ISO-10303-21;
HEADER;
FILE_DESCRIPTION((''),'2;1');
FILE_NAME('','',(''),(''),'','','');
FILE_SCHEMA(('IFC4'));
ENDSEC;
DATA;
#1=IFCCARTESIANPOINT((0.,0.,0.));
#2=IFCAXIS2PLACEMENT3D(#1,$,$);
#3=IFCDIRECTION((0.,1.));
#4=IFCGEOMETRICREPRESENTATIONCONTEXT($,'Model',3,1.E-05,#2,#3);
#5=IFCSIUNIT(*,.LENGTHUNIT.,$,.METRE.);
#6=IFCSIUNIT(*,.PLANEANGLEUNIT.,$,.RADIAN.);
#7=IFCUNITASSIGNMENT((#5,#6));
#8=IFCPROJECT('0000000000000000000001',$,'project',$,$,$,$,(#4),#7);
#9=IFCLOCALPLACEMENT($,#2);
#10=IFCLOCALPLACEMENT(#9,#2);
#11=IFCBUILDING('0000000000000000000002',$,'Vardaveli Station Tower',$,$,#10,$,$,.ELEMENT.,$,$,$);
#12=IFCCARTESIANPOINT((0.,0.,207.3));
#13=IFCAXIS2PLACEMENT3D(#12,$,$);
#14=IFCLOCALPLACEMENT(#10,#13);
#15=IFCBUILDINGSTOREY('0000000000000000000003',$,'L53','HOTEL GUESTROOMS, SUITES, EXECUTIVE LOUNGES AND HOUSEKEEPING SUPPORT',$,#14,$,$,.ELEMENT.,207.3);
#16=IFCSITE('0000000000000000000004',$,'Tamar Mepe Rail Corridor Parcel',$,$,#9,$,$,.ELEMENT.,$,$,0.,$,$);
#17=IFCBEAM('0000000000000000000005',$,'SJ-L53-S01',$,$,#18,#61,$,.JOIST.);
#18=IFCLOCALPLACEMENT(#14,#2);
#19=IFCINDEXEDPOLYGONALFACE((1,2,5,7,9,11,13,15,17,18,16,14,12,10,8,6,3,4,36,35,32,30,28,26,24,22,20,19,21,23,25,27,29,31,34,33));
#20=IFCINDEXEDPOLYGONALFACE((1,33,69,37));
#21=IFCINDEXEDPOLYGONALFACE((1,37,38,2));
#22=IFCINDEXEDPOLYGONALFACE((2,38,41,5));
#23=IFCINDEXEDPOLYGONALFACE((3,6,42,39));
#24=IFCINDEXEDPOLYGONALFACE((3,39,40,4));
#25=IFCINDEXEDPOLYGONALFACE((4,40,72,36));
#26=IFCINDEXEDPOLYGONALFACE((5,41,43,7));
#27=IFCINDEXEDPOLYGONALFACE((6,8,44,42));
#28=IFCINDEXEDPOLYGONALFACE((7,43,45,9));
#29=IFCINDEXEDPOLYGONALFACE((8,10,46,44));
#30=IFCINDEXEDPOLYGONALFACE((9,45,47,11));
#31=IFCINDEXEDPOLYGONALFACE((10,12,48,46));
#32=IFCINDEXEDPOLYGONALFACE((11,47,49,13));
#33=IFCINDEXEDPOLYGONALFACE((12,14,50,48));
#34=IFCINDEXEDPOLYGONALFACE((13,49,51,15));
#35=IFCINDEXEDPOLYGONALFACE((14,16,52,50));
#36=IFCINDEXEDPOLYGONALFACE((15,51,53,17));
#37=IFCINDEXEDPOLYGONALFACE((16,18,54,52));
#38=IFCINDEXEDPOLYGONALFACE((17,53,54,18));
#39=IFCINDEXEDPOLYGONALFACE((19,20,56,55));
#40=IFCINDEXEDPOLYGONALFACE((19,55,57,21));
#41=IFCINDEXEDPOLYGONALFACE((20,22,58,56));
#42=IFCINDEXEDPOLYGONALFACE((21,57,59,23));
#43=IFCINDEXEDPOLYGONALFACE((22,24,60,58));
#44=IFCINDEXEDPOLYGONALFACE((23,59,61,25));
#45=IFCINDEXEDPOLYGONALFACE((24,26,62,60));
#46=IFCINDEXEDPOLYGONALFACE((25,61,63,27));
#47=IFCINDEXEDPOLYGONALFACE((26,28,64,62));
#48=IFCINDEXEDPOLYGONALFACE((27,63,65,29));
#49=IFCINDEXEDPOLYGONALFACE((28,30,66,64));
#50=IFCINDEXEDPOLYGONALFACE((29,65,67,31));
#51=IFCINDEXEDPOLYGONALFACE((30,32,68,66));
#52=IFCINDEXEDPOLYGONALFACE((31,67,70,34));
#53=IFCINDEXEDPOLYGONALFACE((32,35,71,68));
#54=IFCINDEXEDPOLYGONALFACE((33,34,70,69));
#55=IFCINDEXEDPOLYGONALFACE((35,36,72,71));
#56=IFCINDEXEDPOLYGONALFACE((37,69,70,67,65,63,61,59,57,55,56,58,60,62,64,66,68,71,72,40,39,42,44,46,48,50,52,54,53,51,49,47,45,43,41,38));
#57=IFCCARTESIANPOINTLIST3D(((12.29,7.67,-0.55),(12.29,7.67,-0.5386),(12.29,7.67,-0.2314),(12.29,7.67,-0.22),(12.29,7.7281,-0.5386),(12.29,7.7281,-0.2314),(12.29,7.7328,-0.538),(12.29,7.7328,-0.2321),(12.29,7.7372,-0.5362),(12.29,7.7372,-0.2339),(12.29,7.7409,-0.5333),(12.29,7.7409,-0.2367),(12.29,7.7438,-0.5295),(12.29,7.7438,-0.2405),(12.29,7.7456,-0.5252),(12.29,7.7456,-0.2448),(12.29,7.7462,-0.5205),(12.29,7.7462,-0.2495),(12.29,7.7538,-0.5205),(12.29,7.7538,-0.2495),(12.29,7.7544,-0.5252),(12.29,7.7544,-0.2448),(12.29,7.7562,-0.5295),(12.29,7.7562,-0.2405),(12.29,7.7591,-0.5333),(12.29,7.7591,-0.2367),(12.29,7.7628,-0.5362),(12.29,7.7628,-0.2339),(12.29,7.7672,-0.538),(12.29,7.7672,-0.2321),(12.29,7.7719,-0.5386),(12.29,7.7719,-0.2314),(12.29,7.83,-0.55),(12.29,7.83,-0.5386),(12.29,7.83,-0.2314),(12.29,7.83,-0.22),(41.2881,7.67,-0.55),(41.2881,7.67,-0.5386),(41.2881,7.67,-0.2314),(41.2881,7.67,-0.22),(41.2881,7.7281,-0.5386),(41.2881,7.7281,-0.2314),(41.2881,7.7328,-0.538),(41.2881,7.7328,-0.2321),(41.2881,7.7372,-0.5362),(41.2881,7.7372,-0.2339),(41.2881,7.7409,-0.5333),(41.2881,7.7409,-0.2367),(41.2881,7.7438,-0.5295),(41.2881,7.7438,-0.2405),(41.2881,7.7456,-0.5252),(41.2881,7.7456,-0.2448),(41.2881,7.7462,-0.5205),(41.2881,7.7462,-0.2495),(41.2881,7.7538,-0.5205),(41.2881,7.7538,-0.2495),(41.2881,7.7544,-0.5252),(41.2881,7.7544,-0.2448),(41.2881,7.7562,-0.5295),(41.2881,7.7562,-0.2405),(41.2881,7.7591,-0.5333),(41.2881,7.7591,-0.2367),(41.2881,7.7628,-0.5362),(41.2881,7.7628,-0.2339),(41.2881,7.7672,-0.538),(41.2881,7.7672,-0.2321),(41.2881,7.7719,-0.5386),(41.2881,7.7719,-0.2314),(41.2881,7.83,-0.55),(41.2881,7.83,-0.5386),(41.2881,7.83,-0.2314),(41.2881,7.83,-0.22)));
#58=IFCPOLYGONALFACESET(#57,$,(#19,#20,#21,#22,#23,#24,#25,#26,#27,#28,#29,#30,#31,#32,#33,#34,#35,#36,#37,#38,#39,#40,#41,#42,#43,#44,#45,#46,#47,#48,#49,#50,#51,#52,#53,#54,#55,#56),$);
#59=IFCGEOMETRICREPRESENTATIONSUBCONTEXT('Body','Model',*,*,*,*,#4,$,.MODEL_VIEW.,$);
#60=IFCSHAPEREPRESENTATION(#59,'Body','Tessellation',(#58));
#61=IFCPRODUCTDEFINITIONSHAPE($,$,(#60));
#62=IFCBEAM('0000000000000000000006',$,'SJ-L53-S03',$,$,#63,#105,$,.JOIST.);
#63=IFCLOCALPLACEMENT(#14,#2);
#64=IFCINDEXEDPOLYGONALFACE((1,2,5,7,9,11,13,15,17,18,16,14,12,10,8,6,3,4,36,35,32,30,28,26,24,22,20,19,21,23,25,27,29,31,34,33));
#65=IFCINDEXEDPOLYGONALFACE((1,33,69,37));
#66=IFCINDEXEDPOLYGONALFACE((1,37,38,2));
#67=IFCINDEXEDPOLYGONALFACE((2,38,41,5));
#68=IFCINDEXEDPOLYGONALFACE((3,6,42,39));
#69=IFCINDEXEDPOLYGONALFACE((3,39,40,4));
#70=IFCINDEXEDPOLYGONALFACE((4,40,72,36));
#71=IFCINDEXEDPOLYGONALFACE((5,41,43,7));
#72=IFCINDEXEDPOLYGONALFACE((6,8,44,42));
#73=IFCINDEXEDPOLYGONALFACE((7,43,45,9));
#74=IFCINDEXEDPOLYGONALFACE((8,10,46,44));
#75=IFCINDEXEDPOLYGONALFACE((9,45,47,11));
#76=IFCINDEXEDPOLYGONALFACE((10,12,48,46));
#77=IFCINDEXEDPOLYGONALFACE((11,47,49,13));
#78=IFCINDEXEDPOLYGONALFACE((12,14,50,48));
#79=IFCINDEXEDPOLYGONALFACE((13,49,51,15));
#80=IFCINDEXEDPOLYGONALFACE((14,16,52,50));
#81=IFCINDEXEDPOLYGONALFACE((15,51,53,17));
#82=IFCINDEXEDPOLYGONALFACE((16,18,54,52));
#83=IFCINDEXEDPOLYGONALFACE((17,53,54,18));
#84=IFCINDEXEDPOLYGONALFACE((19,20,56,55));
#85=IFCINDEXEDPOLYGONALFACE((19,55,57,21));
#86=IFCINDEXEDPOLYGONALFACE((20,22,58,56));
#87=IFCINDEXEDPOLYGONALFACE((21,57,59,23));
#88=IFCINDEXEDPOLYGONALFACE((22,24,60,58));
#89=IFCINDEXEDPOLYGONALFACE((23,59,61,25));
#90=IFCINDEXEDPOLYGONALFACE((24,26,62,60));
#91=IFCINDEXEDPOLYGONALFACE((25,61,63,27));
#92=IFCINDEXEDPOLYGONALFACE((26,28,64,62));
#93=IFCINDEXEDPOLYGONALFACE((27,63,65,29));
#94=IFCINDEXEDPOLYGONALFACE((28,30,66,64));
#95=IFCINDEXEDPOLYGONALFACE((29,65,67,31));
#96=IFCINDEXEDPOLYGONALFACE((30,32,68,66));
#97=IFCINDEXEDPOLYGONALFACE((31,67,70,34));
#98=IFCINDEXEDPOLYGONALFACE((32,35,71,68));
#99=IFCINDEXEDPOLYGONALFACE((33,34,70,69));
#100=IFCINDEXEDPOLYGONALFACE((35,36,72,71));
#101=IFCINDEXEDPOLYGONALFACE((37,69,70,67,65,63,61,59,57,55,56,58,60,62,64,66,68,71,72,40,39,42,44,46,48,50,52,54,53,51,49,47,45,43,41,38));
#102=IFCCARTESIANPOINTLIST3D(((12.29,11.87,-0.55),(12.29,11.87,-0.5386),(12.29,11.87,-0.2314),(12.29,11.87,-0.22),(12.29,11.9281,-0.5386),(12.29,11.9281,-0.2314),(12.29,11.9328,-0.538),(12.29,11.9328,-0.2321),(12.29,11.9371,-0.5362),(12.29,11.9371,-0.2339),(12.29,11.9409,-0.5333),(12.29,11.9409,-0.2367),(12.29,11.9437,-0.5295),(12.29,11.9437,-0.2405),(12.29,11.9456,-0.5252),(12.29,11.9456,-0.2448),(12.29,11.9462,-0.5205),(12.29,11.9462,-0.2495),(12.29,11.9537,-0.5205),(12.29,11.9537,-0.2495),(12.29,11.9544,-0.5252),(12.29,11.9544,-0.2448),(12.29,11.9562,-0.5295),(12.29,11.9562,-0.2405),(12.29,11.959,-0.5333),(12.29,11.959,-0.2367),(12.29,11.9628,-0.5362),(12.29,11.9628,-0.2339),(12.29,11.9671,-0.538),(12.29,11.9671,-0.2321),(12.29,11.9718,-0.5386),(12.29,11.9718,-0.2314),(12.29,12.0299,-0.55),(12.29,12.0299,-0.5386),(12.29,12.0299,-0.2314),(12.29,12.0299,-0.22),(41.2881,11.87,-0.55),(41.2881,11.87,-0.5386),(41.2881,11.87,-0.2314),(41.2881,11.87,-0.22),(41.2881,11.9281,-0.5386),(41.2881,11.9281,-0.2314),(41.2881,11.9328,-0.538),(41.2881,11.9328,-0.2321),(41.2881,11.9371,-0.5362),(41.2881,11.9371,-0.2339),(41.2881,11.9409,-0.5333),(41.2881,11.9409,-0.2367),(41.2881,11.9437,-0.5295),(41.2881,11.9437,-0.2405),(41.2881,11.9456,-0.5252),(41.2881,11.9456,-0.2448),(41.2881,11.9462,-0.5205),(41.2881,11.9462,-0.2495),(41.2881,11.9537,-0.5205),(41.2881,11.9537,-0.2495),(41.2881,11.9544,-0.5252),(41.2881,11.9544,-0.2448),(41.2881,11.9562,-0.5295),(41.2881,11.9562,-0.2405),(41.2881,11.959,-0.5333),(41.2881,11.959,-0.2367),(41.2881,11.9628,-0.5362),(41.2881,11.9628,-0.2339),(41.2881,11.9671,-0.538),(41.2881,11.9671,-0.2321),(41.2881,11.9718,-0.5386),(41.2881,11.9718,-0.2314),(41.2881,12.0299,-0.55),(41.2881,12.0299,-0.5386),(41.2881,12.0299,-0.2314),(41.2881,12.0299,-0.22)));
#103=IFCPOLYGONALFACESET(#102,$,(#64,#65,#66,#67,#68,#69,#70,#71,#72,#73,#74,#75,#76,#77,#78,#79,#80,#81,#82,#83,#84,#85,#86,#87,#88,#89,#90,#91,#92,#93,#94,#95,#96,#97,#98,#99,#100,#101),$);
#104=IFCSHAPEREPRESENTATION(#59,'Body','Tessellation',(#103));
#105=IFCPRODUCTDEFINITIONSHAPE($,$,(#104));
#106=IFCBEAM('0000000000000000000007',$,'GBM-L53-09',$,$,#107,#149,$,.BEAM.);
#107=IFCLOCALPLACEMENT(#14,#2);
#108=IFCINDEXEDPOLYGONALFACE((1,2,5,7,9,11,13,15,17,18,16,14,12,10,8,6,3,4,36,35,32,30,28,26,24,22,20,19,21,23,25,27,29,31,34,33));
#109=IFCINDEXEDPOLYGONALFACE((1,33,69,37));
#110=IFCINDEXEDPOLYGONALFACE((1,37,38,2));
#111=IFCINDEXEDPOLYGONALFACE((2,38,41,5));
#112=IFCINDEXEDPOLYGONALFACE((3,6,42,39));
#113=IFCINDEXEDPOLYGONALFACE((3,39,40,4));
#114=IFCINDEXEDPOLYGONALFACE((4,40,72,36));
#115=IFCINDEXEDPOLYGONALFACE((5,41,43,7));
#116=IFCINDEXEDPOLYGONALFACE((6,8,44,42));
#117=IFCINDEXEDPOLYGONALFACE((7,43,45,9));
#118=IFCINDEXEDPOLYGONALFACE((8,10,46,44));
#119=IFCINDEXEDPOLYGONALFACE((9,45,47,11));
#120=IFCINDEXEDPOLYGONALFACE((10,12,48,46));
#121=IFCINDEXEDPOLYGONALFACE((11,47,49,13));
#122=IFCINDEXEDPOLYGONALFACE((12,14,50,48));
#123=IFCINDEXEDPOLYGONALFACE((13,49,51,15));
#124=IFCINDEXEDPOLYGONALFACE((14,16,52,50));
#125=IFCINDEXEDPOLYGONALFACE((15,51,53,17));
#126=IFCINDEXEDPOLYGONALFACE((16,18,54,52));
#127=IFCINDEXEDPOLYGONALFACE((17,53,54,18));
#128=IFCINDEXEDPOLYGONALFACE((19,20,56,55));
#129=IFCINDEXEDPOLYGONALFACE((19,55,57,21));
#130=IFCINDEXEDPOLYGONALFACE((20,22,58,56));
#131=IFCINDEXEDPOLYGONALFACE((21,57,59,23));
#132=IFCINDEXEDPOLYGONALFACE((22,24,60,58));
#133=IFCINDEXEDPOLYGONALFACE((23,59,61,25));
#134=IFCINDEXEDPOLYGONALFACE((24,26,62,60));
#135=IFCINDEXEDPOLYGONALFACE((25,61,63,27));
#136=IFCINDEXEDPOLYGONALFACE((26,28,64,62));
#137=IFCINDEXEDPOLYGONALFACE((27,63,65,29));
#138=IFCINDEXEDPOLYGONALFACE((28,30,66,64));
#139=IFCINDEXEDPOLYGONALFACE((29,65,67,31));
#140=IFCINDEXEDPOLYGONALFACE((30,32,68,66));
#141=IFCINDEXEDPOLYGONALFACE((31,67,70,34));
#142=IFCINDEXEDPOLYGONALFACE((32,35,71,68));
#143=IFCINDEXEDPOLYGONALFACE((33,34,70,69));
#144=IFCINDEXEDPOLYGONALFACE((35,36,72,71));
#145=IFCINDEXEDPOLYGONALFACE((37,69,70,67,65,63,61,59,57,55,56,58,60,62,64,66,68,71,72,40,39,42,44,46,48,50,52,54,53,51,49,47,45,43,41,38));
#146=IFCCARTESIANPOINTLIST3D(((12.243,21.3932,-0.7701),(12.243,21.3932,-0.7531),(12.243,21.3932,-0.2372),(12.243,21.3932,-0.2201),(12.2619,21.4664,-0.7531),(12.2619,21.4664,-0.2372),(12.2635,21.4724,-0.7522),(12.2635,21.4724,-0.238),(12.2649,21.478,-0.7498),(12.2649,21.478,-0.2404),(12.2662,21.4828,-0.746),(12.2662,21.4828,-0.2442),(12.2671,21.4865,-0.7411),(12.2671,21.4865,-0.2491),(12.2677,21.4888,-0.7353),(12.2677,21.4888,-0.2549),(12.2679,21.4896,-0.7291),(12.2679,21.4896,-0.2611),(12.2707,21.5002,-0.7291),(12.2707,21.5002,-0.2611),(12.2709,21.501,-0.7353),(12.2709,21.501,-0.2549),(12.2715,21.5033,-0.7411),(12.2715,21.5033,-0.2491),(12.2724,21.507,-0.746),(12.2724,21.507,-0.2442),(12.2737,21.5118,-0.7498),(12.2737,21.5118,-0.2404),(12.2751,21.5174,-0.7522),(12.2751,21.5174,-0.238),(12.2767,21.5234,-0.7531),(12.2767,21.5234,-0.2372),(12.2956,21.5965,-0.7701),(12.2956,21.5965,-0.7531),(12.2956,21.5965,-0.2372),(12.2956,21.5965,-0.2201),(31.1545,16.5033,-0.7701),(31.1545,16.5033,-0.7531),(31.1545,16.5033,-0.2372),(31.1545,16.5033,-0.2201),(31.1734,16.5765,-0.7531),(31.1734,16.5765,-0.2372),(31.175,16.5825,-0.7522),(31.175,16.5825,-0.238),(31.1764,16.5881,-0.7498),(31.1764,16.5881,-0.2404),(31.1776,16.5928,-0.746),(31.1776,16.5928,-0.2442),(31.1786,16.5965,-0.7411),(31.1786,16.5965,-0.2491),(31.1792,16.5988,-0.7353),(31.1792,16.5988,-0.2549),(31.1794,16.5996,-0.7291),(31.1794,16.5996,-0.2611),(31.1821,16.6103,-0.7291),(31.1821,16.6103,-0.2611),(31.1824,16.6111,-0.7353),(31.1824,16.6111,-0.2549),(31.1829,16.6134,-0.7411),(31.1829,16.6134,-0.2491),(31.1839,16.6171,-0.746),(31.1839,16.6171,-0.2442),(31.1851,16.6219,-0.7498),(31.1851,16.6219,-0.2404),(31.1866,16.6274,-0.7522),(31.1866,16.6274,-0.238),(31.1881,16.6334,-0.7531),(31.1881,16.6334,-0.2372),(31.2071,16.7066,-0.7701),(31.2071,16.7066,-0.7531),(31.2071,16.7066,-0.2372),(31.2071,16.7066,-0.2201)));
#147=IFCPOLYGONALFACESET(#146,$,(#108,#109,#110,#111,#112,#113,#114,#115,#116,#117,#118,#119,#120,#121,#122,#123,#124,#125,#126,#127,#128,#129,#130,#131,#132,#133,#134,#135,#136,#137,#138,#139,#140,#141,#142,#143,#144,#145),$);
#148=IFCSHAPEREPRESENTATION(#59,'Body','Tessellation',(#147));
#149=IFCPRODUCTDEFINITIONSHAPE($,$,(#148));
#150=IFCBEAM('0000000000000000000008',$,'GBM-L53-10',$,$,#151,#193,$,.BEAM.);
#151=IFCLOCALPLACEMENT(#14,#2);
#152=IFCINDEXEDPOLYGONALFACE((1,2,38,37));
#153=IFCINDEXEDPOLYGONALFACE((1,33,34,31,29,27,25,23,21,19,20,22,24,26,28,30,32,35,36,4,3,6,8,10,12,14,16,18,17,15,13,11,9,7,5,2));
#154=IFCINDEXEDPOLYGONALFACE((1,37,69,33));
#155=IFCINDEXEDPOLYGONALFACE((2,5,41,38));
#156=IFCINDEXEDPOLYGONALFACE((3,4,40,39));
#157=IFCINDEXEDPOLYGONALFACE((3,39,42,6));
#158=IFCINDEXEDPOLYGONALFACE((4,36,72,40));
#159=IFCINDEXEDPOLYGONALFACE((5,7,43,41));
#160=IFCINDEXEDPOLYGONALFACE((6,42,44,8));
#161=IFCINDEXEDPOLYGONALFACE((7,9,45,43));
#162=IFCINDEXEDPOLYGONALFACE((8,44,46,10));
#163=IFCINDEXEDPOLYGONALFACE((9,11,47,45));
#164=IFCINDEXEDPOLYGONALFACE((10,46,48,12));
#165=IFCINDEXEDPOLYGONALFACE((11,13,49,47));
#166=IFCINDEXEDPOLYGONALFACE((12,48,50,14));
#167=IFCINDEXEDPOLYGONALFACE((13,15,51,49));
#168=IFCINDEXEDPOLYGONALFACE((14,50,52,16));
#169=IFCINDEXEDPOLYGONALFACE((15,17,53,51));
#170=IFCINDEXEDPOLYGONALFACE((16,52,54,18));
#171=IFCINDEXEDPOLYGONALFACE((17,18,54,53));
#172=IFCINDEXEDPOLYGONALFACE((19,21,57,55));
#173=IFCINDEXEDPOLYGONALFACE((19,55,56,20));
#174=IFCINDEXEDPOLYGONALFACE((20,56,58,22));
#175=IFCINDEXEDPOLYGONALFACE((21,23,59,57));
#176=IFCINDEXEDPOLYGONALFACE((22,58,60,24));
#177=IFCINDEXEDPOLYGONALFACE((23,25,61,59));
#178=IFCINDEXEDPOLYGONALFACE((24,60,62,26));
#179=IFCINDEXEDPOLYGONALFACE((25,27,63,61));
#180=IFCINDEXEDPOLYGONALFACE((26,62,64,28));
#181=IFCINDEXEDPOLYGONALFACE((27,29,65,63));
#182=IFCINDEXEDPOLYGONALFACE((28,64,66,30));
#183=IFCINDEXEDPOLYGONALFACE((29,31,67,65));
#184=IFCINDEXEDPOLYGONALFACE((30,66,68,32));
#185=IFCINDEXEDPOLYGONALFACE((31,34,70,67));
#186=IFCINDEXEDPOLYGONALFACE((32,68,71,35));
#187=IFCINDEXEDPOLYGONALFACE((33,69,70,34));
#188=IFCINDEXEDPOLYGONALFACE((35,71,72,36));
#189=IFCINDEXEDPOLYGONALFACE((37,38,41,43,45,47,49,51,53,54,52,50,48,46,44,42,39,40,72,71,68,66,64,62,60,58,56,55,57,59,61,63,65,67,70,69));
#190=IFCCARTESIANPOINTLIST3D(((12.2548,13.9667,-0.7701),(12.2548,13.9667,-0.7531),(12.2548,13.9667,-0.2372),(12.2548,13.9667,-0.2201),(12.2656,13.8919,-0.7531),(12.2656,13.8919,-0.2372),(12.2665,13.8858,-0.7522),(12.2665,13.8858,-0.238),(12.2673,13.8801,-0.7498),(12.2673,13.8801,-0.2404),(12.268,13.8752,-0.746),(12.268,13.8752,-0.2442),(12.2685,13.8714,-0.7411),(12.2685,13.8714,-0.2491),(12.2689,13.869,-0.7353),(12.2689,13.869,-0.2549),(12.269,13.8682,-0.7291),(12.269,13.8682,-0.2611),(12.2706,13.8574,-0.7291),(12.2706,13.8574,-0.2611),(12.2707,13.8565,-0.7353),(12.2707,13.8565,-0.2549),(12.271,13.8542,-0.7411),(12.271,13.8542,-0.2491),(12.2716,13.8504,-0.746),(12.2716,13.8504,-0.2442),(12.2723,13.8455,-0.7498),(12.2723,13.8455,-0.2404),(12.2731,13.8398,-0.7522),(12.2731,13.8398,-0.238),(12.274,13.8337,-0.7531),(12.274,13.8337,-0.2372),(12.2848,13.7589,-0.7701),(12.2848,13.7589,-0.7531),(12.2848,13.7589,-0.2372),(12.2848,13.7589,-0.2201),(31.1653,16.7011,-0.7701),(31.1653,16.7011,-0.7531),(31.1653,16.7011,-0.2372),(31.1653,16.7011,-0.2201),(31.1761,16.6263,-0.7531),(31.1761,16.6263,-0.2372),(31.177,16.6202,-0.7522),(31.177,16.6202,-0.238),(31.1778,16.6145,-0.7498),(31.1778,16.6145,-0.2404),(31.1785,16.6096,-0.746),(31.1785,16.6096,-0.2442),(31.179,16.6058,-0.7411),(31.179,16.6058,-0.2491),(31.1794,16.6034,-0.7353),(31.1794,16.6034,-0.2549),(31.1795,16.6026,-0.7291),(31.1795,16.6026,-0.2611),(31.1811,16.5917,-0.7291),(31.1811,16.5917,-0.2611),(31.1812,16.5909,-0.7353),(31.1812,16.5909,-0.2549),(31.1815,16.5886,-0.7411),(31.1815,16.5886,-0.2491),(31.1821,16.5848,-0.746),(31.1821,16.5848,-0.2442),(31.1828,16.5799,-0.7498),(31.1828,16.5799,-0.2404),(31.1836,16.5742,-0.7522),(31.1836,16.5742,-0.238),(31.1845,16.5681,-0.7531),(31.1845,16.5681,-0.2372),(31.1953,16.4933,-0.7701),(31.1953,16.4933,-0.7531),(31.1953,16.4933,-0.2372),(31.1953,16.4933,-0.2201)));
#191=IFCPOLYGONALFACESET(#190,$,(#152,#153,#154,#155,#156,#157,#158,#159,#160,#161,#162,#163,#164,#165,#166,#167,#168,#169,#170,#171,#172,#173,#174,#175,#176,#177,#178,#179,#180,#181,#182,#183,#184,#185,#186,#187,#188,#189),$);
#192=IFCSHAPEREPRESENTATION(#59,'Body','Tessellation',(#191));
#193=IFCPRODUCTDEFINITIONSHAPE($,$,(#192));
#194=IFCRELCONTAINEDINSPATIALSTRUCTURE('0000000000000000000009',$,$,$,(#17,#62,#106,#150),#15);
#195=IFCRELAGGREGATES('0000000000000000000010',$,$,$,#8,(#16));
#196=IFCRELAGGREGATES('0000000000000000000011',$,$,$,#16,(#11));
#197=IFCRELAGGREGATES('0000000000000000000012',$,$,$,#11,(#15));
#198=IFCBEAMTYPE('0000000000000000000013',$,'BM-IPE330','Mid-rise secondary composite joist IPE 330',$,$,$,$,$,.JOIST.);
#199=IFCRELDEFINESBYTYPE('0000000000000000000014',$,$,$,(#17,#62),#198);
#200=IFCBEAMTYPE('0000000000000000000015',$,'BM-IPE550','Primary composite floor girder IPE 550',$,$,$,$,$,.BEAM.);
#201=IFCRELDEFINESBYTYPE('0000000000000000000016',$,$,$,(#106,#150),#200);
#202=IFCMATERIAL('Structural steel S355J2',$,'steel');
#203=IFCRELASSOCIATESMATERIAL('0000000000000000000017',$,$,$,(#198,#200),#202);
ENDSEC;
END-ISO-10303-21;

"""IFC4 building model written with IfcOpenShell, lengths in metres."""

from ifc_helpers import new_model, si_unit, direction, frame, origin, origin_2d, place, context, subcontext, project, spatial, i_section, extrude, source, transform, mapped, material, material_profile, profile_set, type_object, element, save


model = new_model("IFC4")

# Units and contexts
model_context = context("Model", 3, precision=1e-05, world=origin(), true_north=direction((0.0, 1.0)))
body_context = subcontext(model_context, "Body", "Model", "MODEL_VIEW")
ifc_project = project(units=[si_unit("LENGTHUNIT", "METRE"), si_unit("PLANEANGLEUNIT", "RADIAN")], contexts=[model_context])

# Site, building, storey
site_placement = place(None, origin())
site = spatial("IfcSite", under=ifc_project, at=site_placement, Name="Tamar Mepe Rail Corridor Parcel", CompositionType="ELEMENT", RefElevation=0.0)
building_placement = place(site_placement, origin())
building = spatial("IfcBuilding", under=site, at=building_placement, Name="Vardaveli Station Tower", CompositionType="ELEMENT")
storey_placement = place(building_placement, frame((0.0, 0.0, 207.3)))
storey = spatial("IfcBuildingStorey", under=building, at=storey_placement, Name="L53", Description="HOTEL GUESTROOMS, SUITES, EXECUTIVE LOUNGES AND HOUSEKEEPING SUPPORT", CompositionType="ELEMENT", Elevation=207.3)

# Beams
ifc_material_1 = material(Name="Structural steel S355J2", Category="steel")
ifc_material_profile_1 = material_profile(ifc_material_1, i_section(OverallWidth=0.1599, OverallDepth=0.3301, WebThickness=0.0076, FlangeThickness=0.0115, FilletRadius=0.0181, at=origin_2d()), Name="IPE 330")
ifc_profile_set_1 = profile_set([ifc_material_profile_1], Name="Structural steel S355J2")
beam_type_1 = type_object("IfcBeamType", Name="BM-IPE330", Description="Mid-rise secondary composite joist IPE 330", PredefinedType="JOIST", material=ifc_profile_set_1)
shared_shape_1 = source(origin(), body_context, "Body", "SweptSolid", [
    extrude(i_section(OverallWidth=0.1599, OverallDepth=0.3301, WebThickness=0.0076, FlangeThickness=0.0115, FilletRadius=0.0181, at=origin_2d()), origin(), (0.0, 0.0, 1.0), 28.998),
])
for number, where, z_axis, x_axis, name in (
    (1, (12.29, 7.75, -0.385), (1.0, 0.0, 0.0), (0.0, 1.0, 0.0), "SJ-L53-S01"),
    (2, (12.29, 11.95, -0.385), (1.0, 0.0, 0.0), (0.0, 1.0, 0.0), "SJ-L53-S03"),
):
    element("IfcBeam", number, at=place(storey_placement, frame(where, z_axis=z_axis, x_axis=x_axis)), inside=storey, type_object=beam_type_1, Name=name, PredefinedType="JOIST", context=body_context, shape_type="MappedRepresentation", body=[
        mapped(shared_shape_1, transform((0.0, 0.0, 0.0), scale=1.0)),
    ])
ifc_material_profile_2 = material_profile(ifc_material_1, i_section(OverallWidth=0.21, OverallDepth=0.55, WebThickness=0.011, FlangeThickness=0.0171, FilletRadius=0.0239, at=origin_2d()), Name="IPE 550")
ifc_profile_set_2 = profile_set([ifc_material_profile_2], Name="Structural steel S355J2")
beam_type_2 = type_object("IfcBeamType", Name="BM-IPE550", Description="Primary composite floor girder IPE 550", PredefinedType="BEAM", material=ifc_profile_set_2)
shared_shape_2 = source(origin(), body_context, "Body", "SweptSolid", [
    extrude(i_section(OverallWidth=0.21, OverallDepth=0.55, WebThickness=0.011, FlangeThickness=0.0171, FilletRadius=0.0239, at=origin_2d()), origin(), (0.0, 0.0, 1.0), 19.5334),
])
beam_1_placement = place(storey_placement, frame((12.2693, 21.4949, -0.4951), z_axis=(0.968159, -0.250336, 0.0), x_axis=(0.250336, 0.968159, 0.0)))
element("IfcBeam", 3, at=beam_1_placement, inside=storey, type_object=beam_type_2, Name="GBM-L53-09", PredefinedType="BEAM", context=body_context, shape_type="MappedRepresentation", body=[
    mapped(shared_shape_2, transform((0.0, 0.0, 0.0), scale=1.0)),
])
shared_shape_3 = source(origin(), body_context, "Body", "SweptSolid", [
    extrude(i_section(OverallWidth=0.21, OverallDepth=0.55, WebThickness=0.011, FlangeThickness=0.0171, FilletRadius=0.0239, at=origin_2d()), origin(), (0.0, 0.0, 1.0), 19.1072),
])
beam_2_placement = place(storey_placement, frame((12.2698, 13.8628, -0.4951), z_axis=(0.989707, 0.143108, 0.0), x_axis=(-0.143108, 0.989707, 0.0)))
element("IfcBeam", 4, at=beam_2_placement, inside=storey, type_object=beam_type_2, Name="GBM-L53-10", PredefinedType="BEAM", context=body_context, shape_type="MappedRepresentation", body=[
    mapped(shared_shape_3, transform((0.0, 0.0, 0.0), scale=1.0)),
])

save(model, "model.ifc")
